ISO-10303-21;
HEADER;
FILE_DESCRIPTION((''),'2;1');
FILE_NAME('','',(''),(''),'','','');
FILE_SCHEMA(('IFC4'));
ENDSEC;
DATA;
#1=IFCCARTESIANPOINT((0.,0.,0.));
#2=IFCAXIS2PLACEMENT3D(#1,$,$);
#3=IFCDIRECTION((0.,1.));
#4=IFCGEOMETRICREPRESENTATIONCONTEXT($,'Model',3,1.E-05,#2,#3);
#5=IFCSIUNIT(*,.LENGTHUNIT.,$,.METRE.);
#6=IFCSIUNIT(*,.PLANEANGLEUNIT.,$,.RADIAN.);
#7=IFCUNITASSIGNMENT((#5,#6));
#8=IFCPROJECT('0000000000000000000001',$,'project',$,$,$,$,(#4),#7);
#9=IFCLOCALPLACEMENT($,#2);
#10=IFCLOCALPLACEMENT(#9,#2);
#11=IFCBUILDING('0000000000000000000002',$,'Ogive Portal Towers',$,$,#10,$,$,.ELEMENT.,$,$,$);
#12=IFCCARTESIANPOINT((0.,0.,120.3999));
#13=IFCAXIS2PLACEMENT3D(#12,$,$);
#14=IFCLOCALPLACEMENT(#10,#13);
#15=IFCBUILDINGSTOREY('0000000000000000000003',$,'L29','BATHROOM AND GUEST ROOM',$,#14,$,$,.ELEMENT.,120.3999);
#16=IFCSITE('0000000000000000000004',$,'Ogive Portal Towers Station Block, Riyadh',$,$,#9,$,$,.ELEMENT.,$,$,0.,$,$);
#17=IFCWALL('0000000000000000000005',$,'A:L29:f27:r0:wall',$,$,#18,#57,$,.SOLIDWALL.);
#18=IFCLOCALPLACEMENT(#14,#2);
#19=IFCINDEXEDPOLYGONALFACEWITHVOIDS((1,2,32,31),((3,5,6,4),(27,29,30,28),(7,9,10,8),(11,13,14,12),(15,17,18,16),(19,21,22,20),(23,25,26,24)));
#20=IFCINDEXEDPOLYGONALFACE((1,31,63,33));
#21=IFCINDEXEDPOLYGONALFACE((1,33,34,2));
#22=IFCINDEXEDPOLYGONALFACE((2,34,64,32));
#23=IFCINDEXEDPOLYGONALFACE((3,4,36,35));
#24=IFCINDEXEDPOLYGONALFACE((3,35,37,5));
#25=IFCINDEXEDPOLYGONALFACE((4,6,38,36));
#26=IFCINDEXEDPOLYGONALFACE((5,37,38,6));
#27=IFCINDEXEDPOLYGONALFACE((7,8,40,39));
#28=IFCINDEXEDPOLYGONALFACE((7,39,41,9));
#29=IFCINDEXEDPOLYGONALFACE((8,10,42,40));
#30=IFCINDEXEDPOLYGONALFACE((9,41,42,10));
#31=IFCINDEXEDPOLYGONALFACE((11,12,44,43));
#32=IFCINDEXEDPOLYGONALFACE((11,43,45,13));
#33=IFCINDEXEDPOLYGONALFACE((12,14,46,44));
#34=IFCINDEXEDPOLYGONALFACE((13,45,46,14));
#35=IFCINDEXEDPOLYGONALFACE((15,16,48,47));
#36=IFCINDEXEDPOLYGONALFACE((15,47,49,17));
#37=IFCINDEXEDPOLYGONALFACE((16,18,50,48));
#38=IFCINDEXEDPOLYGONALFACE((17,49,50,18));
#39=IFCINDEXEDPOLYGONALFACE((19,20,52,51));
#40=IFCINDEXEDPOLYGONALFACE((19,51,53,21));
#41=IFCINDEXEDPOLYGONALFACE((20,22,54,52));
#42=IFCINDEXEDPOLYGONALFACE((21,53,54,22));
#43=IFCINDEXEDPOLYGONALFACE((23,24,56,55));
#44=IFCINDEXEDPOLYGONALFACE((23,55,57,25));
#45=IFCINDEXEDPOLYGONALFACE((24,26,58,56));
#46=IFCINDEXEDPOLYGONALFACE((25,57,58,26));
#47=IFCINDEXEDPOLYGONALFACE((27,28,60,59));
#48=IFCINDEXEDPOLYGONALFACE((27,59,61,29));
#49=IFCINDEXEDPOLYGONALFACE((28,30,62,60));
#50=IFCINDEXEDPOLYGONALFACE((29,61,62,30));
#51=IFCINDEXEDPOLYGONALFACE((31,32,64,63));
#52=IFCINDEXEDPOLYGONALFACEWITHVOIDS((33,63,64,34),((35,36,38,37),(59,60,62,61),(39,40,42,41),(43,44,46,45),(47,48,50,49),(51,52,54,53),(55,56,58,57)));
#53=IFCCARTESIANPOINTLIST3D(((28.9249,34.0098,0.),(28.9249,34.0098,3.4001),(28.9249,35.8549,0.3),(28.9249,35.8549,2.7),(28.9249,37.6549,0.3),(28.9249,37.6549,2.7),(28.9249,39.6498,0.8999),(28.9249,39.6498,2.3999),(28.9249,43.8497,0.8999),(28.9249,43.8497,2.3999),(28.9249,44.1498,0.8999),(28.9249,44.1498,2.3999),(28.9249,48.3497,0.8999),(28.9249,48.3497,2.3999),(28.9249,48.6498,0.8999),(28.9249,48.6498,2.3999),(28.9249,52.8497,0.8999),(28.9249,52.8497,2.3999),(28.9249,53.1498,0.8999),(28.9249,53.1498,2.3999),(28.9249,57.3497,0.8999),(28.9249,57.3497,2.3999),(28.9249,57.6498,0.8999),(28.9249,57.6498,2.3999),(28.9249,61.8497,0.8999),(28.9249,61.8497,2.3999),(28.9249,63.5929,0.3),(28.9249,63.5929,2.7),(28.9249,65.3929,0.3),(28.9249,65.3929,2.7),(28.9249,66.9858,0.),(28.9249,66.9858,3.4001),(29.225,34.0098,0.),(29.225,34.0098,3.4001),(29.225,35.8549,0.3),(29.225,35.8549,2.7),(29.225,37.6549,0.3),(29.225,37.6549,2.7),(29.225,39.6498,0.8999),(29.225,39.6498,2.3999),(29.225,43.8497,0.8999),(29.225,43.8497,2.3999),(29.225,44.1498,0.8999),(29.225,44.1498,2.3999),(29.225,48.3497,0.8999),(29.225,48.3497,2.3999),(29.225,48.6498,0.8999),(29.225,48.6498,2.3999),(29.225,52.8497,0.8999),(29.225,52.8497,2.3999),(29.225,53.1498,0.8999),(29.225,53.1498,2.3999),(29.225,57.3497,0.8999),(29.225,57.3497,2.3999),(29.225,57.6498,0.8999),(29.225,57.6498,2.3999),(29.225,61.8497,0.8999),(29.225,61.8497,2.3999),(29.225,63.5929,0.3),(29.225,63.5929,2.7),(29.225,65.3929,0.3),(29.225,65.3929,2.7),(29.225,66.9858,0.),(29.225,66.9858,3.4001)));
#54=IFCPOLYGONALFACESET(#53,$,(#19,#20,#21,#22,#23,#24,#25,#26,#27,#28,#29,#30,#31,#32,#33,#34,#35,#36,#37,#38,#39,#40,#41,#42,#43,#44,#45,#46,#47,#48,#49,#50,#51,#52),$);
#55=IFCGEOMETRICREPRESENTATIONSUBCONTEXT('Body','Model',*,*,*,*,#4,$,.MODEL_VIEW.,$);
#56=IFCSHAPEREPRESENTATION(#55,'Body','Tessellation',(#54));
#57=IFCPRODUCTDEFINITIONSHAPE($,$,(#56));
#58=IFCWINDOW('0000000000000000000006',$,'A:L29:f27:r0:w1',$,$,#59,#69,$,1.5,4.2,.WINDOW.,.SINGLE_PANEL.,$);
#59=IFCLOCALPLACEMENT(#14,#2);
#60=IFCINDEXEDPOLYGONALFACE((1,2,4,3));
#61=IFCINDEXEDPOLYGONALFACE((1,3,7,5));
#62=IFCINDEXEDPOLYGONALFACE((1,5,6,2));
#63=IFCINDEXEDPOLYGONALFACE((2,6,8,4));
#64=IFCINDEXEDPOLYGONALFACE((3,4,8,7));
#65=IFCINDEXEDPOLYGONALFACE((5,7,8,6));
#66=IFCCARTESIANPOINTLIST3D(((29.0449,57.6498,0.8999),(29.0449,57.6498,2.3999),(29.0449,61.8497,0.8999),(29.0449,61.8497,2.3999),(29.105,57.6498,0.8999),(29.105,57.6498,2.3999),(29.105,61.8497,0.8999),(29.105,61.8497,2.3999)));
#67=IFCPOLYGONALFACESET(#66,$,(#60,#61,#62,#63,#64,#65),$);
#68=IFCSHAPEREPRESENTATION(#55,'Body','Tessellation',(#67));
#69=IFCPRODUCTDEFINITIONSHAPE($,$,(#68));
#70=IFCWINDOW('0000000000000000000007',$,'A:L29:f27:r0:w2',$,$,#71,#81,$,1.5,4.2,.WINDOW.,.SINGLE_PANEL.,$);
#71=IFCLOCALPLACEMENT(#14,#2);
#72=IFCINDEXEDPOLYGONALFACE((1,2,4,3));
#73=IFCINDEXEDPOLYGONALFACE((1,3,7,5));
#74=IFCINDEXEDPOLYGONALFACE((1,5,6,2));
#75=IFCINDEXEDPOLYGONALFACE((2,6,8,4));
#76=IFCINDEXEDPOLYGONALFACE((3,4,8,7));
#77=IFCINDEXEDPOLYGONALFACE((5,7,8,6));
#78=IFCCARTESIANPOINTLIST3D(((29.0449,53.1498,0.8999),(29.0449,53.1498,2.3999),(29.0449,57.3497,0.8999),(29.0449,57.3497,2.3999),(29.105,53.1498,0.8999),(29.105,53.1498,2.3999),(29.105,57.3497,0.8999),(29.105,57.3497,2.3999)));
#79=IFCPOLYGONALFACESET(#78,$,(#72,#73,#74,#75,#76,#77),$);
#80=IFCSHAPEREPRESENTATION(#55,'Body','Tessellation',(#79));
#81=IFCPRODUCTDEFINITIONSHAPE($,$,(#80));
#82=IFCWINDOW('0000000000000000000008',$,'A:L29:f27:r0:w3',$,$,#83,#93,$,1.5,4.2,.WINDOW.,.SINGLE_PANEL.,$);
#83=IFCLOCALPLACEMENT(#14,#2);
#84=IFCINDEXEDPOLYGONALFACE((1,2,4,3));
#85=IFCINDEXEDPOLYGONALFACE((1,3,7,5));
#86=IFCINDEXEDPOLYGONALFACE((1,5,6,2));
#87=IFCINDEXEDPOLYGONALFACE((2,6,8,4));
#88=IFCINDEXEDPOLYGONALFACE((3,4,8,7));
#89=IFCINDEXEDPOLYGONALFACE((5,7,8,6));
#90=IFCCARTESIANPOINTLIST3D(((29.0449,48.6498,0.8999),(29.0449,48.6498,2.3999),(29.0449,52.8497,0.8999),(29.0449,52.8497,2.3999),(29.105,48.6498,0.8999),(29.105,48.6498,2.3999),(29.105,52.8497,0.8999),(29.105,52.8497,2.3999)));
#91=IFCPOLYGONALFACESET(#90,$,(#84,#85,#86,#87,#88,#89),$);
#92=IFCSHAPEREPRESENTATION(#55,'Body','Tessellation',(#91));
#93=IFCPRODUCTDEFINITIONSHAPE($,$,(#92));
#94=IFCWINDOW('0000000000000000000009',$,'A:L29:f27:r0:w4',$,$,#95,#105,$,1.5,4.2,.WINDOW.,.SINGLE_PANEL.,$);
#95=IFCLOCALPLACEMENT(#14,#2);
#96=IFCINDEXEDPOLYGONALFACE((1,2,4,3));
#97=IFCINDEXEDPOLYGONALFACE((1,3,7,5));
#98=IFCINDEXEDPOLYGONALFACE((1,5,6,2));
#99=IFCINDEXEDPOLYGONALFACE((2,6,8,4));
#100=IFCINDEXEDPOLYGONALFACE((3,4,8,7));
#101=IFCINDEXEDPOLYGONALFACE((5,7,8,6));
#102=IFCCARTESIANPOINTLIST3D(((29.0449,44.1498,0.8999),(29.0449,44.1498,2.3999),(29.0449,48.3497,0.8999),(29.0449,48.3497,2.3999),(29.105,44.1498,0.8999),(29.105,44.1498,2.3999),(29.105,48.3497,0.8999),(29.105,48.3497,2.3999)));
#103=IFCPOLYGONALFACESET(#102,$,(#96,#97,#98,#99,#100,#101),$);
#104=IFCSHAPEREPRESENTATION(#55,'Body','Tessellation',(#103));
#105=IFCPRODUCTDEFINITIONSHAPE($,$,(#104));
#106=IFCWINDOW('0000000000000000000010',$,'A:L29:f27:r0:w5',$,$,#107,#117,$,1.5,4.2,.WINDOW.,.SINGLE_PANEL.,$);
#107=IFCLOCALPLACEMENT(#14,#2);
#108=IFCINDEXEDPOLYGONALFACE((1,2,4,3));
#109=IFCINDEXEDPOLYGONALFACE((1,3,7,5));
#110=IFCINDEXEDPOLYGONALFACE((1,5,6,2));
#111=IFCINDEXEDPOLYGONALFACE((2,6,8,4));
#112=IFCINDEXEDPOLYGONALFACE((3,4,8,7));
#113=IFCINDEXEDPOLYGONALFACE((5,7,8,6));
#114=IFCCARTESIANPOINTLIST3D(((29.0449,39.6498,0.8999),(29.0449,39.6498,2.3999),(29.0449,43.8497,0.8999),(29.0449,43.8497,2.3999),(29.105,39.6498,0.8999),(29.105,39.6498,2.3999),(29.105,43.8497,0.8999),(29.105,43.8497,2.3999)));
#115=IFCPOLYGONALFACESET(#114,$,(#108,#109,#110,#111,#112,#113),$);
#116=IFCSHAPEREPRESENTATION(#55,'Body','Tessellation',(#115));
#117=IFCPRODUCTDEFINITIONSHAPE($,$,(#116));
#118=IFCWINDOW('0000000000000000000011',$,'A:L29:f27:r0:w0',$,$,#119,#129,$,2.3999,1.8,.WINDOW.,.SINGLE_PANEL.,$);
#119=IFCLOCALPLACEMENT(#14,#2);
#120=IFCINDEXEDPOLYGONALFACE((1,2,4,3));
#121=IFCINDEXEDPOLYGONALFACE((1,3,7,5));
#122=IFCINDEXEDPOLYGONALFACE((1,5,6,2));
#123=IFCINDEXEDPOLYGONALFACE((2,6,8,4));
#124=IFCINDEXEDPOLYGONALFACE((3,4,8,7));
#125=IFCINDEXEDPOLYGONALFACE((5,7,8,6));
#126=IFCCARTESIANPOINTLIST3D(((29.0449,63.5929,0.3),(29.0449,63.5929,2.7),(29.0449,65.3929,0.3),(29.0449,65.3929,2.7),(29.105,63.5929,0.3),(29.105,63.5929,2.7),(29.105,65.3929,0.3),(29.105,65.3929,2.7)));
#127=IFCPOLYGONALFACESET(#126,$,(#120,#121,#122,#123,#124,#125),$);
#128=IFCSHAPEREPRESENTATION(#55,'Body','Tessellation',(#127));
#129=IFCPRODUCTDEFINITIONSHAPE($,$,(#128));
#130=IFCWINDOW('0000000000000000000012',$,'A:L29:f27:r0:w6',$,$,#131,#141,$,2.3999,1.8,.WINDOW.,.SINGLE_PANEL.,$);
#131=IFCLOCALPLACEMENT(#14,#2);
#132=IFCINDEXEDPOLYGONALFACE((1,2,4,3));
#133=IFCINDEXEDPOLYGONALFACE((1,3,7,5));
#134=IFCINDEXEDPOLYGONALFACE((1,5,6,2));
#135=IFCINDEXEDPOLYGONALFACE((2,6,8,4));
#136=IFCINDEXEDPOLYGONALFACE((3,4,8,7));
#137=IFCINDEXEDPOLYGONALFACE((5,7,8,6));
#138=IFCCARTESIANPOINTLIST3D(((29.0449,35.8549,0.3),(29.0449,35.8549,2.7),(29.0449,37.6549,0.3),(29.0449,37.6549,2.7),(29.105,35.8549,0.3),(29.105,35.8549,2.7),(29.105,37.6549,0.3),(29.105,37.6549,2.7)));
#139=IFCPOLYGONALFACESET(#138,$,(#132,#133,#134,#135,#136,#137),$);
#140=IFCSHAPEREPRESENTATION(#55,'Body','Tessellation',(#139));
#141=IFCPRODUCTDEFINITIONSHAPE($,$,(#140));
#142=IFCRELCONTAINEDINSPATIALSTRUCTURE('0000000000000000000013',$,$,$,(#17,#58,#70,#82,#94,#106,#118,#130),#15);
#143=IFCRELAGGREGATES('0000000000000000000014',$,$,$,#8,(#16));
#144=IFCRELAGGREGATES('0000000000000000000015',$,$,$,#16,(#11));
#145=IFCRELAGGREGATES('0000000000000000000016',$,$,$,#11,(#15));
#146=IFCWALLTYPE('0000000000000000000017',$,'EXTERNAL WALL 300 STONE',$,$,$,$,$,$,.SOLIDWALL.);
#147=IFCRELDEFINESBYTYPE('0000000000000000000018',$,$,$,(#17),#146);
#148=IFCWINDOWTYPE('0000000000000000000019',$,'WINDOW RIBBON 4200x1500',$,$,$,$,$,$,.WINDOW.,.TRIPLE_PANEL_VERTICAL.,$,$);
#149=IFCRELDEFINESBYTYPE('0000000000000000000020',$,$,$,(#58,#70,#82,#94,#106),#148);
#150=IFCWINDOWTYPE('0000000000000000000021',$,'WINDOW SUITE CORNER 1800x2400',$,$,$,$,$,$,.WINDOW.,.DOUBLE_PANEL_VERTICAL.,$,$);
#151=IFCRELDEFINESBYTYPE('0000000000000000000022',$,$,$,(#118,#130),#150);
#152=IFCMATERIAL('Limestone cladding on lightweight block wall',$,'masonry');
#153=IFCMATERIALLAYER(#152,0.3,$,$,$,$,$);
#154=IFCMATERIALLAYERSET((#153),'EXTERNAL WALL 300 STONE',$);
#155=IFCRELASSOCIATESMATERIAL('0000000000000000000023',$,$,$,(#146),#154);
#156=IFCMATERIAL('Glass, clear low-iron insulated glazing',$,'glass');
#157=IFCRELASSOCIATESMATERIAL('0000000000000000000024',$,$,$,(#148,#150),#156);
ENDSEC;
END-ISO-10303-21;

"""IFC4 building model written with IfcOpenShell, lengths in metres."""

from ifc_helpers import new_model, si_unit, direction, frame, frame_2d, origin, place, context, subcontext, project, spatial, rectangle, extrude, material, layer, layer_set, type_object, element, fill, save


model = new_model("IFC4")

# Units and contexts
model_context = context("Model", 3, precision=1e-05, world=origin(), true_north=direction((0.0, 1.0)))
body_context = subcontext(model_context, "Body", "Model", "MODEL_VIEW")
ifc_project = project(units=[si_unit("LENGTHUNIT", "METRE"), si_unit("PLANEANGLEUNIT", "RADIAN")], contexts=[model_context])

# Site, building, storey
site_placement = place(None, origin())
site = spatial("IfcSite", under=ifc_project, at=site_placement, Name="Ogive Portal Towers Station Block, Riyadh", CompositionType="ELEMENT", RefElevation=0.0)
building_placement = place(site_placement, origin())
building = spatial("IfcBuilding", under=site, at=building_placement, Name="Ogive Portal Towers", CompositionType="ELEMENT")
storey_placement = place(building_placement, frame((0.0, 0.0, 120.3999)))
storey = spatial("IfcBuildingStorey", under=building, at=storey_placement, Name="L29", Description="BATHROOM AND GUEST ROOM", CompositionType="ELEMENT", Elevation=120.3999)

# Shared definitions
ifc_material_1 = material(Name="Glass, clear low-iron insulated glazing", Category="glass")

# Wall, openings, windows
ifc_material_2 = material(Name="Limestone cladding on lightweight block wall", Category="masonry")
ifc_layer_1 = layer(ifc_material_2, 0.3)
ifc_layer_set_1 = layer_set([ifc_layer_1], Name="EXTERNAL WALL 300 STONE")
wall_type_1 = type_object("IfcWallType", Name="EXTERNAL WALL 300 STONE", PredefinedType="SOLIDWALL", material=ifc_layer_set_1)
wall_1_placement = place(storey_placement, frame((29.075, 66.9858, 0.0), z_axis=(0.0, 0.0, 1.0), x_axis=(0.0, -1.0, 0.0)))
wall_1 = element("IfcWall", 1, at=wall_1_placement, inside=storey, type_object=wall_type_1, Name="A:L29:f27:r0:wall", PredefinedType="SOLIDWALL", context=body_context, shape_type="SweptSolid", body=[
    extrude(rectangle(XDim=32.9761, YDim=0.3, at=frame_2d((16.488, 0.0))), origin(), (0.0, 0.0, 1.0), 3.4001),
])
opening_1_placement = place(wall_1_placement, frame((1.593, 0.0, 0.3)))
opening_1 = element("IfcOpeningElement", 2, at=opening_1_placement, cuts=wall_1, PredefinedType="OPENING", context=body_context, shape_type="SweptSolid", body=[
    extrude(rectangle(XDim=1.8, YDim=2.3999, at=frame_2d((0.8999, 1.2))), frame((0.0, 0.1602, 0.0), z_axis=(0.0, -1.0, 0.0), x_axis=(1.0, 0.0, 0.0)), (0.0, 0.0, 1.0), 0.3201),
])
opening_2_placement = place(wall_1_placement, frame((5.136, 0.0, 0.8999)))
opening_2 = element("IfcOpeningElement", 3, at=opening_2_placement, cuts=wall_1, PredefinedType="OPENING", context=body_context, shape_type="SweptSolid", body=[
    extrude(rectangle(XDim=4.2, YDim=1.5, at=frame_2d((2.1001, 0.75))), frame((0.0, 0.1602, 0.0), z_axis=(0.0, -1.0, 0.0), x_axis=(1.0, 0.0, 0.0)), (0.0, 0.0, 1.0), 0.3201),
])
opening_3_placement = place(wall_1_placement, frame((9.636, 0.0, 0.8999)))
opening_3 = element("IfcOpeningElement", 4, at=opening_3_placement, cuts=wall_1, PredefinedType="OPENING", context=body_context, shape_type="SweptSolid", body=[
    extrude(rectangle(XDim=4.2, YDim=1.5, at=frame_2d((2.1001, 0.75))), frame((0.0, 0.1602, 0.0), z_axis=(0.0, -1.0, 0.0), x_axis=(1.0, 0.0, 0.0)), (0.0, 0.0, 1.0), 0.3201),
])
opening_4_placement = place(wall_1_placement, frame((14.136, 0.0, 0.8999)))
opening_4 = element("IfcOpeningElement", 5, at=opening_4_placement, cuts=wall_1, PredefinedType="OPENING", context=body_context, shape_type="SweptSolid", body=[
    extrude(rectangle(XDim=4.2, YDim=1.5, at=frame_2d((2.1001, 0.75))), frame((0.0, 0.1602, 0.0), z_axis=(0.0, -1.0, 0.0), x_axis=(1.0, 0.0, 0.0)), (0.0, 0.0, 1.0), 0.3201),
])
opening_5_placement = place(wall_1_placement, frame((18.636, 0.0, 0.8999)))
opening_5 = element("IfcOpeningElement", 6, at=opening_5_placement, cuts=wall_1, PredefinedType="OPENING", context=body_context, shape_type="SweptSolid", body=[
    extrude(rectangle(XDim=4.2, YDim=1.5, at=frame_2d((2.1001, 0.75))), frame((0.0, 0.1602, 0.0), z_axis=(0.0, -1.0, 0.0), x_axis=(1.0, 0.0, 0.0)), (0.0, 0.0, 1.0), 0.3201),
])
opening_6_placement = place(wall_1_placement, frame((23.136, 0.0, 0.8999)))
opening_6 = element("IfcOpeningElement", 7, at=opening_6_placement, cuts=wall_1, PredefinedType="OPENING", context=body_context, shape_type="SweptSolid", body=[
    extrude(rectangle(XDim=4.2, YDim=1.5, at=frame_2d((2.1001, 0.75))), frame((0.0, 0.1602, 0.0), z_axis=(0.0, -1.0, 0.0), x_axis=(1.0, 0.0, 0.0)), (0.0, 0.0, 1.0), 0.3201),
])
opening_7_placement = place(wall_1_placement, frame((29.3311, 0.0, 0.3)))
opening_7 = element("IfcOpeningElement", 8, at=opening_7_placement, cuts=wall_1, PredefinedType="OPENING", context=body_context, shape_type="SweptSolid", body=[
    extrude(rectangle(XDim=1.8, YDim=2.3999, at=frame_2d((0.8999, 1.2))), frame((0.0, 0.1602, 0.0), z_axis=(0.0, -1.0, 0.0), x_axis=(1.0, 0.0, 0.0)), (0.0, 0.0, 1.0), 0.3201),
])
window_type_1 = type_object("IfcWindowType", Name="WINDOW RIBBON 4200x1500", PartitioningType="TRIPLE_PANEL_VERTICAL", PredefinedType="WINDOW", material=ifc_material_1)
window_1_placement = place(opening_2_placement, origin())
window_1 = element("IfcWindow", 9, at=window_1_placement, inside=storey, type_object=window_type_1, Name="A:L29:f27:r0:w1", OverallHeight=1.5, OverallWidth=4.2, PartitioningType="SINGLE_PANEL", PredefinedType="WINDOW", context=body_context, shape_type="SweptSolid", body=[
    extrude(rectangle(XDim=4.2, YDim=1.5, at=frame_2d((2.1001, 0.75))), frame((0.0, 0.03, 0.0), z_axis=(0.0, -1.0, 0.0), x_axis=(1.0, 0.0, 0.0)), (0.0, 0.0, 1.0), 0.0601),
])
fill(opening_2, window_1)
window_2_placement = place(opening_3_placement, origin())
window_2 = element("IfcWindow", 10, at=window_2_placement, inside=storey, type_object=window_type_1, Name="A:L29:f27:r0:w2", OverallHeight=1.5, OverallWidth=4.2, PartitioningType="SINGLE_PANEL", PredefinedType="WINDOW", context=body_context, shape_type="SweptSolid", body=[
    extrude(rectangle(XDim=4.2, YDim=1.5, at=frame_2d((2.1001, 0.75))), frame((0.0, 0.03, 0.0), z_axis=(0.0, -1.0, 0.0), x_axis=(1.0, 0.0, 0.0)), (0.0, 0.0, 1.0), 0.0601),
])
fill(opening_3, window_2)
window_3_placement = place(opening_4_placement, origin())
window_3 = element("IfcWindow", 11, at=window_3_placement, inside=storey, type_object=window_type_1, Name="A:L29:f27:r0:w3", OverallHeight=1.5, OverallWidth=4.2, PartitioningType="SINGLE_PANEL", PredefinedType="WINDOW", context=body_context, shape_type="SweptSolid", body=[
    extrude(rectangle(XDim=4.2, YDim=1.5, at=frame_2d((2.1001, 0.75))), frame((0.0, 0.03, 0.0), z_axis=(0.0, -1.0, 0.0), x_axis=(1.0, 0.0, 0.0)), (0.0, 0.0, 1.0), 0.0601),
])
fill(opening_4, window_3)
window_4_placement = place(opening_5_placement, origin())
window_4 = element("IfcWindow", 12, at=window_4_placement, inside=storey, type_object=window_type_1, Name="A:L29:f27:r0:w4", OverallHeight=1.5, OverallWidth=4.2, PartitioningType="SINGLE_PANEL", PredefinedType="WINDOW", context=body_context, shape_type="SweptSolid", body=[
    extrude(rectangle(XDim=4.2, YDim=1.5, at=frame_2d((2.1001, 0.75))), frame((0.0, 0.03, 0.0), z_axis=(0.0, -1.0, 0.0), x_axis=(1.0, 0.0, 0.0)), (0.0, 0.0, 1.0), 0.0601),
])
fill(opening_5, window_4)
window_5_placement = place(opening_6_placement, origin())
window_5 = element("IfcWindow", 13, at=window_5_placement, inside=storey, type_object=window_type_1, Name="A:L29:f27:r0:w5", OverallHeight=1.5, OverallWidth=4.2, PartitioningType="SINGLE_PANEL", PredefinedType="WINDOW", context=body_context, shape_type="SweptSolid", body=[
    extrude(rectangle(XDim=4.2, YDim=1.5, at=frame_2d((2.1001, 0.75))), frame((0.0, 0.03, 0.0), z_axis=(0.0, -1.0, 0.0), x_axis=(1.0, 0.0, 0.0)), (0.0, 0.0, 1.0), 0.0601),
])
fill(opening_6, window_5)
window_type_2 = type_object("IfcWindowType", Name="WINDOW SUITE CORNER 1800x2400", PartitioningType="DOUBLE_PANEL_VERTICAL", PredefinedType="WINDOW", material=ifc_material_1)
window_6_placement = place(opening_1_placement, origin())
window_6 = element("IfcWindow", 14, at=window_6_placement, inside=storey, type_object=window_type_2, Name="A:L29:f27:r0:w0", OverallHeight=2.3999, OverallWidth=1.8, PartitioningType="SINGLE_PANEL", PredefinedType="WINDOW", context=body_context, shape_type="SweptSolid", body=[
    extrude(rectangle(XDim=1.8, YDim=2.3999, at=frame_2d((0.8999, 1.2))), frame((0.0, 0.03, 0.0), z_axis=(0.0, -1.0, 0.0), x_axis=(1.0, 0.0, 0.0)), (0.0, 0.0, 1.0), 0.0601),
])
fill(opening_1, window_6)
window_7_placement = place(opening_7_placement, origin())
window_7 = element("IfcWindow", 15, at=window_7_placement, inside=storey, type_object=window_type_2, Name="A:L29:f27:r0:w6", OverallHeight=2.3999, OverallWidth=1.8, PartitioningType="SINGLE_PANEL", PredefinedType="WINDOW", context=body_context, shape_type="SweptSolid", body=[
    extrude(rectangle(XDim=1.8, YDim=2.3999, at=frame_2d((0.8999, 1.2))), frame((0.0, 0.03, 0.0), z_axis=(0.0, -1.0, 0.0), x_axis=(1.0, 0.0, 0.0)), (0.0, 0.0, 1.0), 0.0601),
])
fill(opening_7, window_7)

save(model, "model.ifc")
